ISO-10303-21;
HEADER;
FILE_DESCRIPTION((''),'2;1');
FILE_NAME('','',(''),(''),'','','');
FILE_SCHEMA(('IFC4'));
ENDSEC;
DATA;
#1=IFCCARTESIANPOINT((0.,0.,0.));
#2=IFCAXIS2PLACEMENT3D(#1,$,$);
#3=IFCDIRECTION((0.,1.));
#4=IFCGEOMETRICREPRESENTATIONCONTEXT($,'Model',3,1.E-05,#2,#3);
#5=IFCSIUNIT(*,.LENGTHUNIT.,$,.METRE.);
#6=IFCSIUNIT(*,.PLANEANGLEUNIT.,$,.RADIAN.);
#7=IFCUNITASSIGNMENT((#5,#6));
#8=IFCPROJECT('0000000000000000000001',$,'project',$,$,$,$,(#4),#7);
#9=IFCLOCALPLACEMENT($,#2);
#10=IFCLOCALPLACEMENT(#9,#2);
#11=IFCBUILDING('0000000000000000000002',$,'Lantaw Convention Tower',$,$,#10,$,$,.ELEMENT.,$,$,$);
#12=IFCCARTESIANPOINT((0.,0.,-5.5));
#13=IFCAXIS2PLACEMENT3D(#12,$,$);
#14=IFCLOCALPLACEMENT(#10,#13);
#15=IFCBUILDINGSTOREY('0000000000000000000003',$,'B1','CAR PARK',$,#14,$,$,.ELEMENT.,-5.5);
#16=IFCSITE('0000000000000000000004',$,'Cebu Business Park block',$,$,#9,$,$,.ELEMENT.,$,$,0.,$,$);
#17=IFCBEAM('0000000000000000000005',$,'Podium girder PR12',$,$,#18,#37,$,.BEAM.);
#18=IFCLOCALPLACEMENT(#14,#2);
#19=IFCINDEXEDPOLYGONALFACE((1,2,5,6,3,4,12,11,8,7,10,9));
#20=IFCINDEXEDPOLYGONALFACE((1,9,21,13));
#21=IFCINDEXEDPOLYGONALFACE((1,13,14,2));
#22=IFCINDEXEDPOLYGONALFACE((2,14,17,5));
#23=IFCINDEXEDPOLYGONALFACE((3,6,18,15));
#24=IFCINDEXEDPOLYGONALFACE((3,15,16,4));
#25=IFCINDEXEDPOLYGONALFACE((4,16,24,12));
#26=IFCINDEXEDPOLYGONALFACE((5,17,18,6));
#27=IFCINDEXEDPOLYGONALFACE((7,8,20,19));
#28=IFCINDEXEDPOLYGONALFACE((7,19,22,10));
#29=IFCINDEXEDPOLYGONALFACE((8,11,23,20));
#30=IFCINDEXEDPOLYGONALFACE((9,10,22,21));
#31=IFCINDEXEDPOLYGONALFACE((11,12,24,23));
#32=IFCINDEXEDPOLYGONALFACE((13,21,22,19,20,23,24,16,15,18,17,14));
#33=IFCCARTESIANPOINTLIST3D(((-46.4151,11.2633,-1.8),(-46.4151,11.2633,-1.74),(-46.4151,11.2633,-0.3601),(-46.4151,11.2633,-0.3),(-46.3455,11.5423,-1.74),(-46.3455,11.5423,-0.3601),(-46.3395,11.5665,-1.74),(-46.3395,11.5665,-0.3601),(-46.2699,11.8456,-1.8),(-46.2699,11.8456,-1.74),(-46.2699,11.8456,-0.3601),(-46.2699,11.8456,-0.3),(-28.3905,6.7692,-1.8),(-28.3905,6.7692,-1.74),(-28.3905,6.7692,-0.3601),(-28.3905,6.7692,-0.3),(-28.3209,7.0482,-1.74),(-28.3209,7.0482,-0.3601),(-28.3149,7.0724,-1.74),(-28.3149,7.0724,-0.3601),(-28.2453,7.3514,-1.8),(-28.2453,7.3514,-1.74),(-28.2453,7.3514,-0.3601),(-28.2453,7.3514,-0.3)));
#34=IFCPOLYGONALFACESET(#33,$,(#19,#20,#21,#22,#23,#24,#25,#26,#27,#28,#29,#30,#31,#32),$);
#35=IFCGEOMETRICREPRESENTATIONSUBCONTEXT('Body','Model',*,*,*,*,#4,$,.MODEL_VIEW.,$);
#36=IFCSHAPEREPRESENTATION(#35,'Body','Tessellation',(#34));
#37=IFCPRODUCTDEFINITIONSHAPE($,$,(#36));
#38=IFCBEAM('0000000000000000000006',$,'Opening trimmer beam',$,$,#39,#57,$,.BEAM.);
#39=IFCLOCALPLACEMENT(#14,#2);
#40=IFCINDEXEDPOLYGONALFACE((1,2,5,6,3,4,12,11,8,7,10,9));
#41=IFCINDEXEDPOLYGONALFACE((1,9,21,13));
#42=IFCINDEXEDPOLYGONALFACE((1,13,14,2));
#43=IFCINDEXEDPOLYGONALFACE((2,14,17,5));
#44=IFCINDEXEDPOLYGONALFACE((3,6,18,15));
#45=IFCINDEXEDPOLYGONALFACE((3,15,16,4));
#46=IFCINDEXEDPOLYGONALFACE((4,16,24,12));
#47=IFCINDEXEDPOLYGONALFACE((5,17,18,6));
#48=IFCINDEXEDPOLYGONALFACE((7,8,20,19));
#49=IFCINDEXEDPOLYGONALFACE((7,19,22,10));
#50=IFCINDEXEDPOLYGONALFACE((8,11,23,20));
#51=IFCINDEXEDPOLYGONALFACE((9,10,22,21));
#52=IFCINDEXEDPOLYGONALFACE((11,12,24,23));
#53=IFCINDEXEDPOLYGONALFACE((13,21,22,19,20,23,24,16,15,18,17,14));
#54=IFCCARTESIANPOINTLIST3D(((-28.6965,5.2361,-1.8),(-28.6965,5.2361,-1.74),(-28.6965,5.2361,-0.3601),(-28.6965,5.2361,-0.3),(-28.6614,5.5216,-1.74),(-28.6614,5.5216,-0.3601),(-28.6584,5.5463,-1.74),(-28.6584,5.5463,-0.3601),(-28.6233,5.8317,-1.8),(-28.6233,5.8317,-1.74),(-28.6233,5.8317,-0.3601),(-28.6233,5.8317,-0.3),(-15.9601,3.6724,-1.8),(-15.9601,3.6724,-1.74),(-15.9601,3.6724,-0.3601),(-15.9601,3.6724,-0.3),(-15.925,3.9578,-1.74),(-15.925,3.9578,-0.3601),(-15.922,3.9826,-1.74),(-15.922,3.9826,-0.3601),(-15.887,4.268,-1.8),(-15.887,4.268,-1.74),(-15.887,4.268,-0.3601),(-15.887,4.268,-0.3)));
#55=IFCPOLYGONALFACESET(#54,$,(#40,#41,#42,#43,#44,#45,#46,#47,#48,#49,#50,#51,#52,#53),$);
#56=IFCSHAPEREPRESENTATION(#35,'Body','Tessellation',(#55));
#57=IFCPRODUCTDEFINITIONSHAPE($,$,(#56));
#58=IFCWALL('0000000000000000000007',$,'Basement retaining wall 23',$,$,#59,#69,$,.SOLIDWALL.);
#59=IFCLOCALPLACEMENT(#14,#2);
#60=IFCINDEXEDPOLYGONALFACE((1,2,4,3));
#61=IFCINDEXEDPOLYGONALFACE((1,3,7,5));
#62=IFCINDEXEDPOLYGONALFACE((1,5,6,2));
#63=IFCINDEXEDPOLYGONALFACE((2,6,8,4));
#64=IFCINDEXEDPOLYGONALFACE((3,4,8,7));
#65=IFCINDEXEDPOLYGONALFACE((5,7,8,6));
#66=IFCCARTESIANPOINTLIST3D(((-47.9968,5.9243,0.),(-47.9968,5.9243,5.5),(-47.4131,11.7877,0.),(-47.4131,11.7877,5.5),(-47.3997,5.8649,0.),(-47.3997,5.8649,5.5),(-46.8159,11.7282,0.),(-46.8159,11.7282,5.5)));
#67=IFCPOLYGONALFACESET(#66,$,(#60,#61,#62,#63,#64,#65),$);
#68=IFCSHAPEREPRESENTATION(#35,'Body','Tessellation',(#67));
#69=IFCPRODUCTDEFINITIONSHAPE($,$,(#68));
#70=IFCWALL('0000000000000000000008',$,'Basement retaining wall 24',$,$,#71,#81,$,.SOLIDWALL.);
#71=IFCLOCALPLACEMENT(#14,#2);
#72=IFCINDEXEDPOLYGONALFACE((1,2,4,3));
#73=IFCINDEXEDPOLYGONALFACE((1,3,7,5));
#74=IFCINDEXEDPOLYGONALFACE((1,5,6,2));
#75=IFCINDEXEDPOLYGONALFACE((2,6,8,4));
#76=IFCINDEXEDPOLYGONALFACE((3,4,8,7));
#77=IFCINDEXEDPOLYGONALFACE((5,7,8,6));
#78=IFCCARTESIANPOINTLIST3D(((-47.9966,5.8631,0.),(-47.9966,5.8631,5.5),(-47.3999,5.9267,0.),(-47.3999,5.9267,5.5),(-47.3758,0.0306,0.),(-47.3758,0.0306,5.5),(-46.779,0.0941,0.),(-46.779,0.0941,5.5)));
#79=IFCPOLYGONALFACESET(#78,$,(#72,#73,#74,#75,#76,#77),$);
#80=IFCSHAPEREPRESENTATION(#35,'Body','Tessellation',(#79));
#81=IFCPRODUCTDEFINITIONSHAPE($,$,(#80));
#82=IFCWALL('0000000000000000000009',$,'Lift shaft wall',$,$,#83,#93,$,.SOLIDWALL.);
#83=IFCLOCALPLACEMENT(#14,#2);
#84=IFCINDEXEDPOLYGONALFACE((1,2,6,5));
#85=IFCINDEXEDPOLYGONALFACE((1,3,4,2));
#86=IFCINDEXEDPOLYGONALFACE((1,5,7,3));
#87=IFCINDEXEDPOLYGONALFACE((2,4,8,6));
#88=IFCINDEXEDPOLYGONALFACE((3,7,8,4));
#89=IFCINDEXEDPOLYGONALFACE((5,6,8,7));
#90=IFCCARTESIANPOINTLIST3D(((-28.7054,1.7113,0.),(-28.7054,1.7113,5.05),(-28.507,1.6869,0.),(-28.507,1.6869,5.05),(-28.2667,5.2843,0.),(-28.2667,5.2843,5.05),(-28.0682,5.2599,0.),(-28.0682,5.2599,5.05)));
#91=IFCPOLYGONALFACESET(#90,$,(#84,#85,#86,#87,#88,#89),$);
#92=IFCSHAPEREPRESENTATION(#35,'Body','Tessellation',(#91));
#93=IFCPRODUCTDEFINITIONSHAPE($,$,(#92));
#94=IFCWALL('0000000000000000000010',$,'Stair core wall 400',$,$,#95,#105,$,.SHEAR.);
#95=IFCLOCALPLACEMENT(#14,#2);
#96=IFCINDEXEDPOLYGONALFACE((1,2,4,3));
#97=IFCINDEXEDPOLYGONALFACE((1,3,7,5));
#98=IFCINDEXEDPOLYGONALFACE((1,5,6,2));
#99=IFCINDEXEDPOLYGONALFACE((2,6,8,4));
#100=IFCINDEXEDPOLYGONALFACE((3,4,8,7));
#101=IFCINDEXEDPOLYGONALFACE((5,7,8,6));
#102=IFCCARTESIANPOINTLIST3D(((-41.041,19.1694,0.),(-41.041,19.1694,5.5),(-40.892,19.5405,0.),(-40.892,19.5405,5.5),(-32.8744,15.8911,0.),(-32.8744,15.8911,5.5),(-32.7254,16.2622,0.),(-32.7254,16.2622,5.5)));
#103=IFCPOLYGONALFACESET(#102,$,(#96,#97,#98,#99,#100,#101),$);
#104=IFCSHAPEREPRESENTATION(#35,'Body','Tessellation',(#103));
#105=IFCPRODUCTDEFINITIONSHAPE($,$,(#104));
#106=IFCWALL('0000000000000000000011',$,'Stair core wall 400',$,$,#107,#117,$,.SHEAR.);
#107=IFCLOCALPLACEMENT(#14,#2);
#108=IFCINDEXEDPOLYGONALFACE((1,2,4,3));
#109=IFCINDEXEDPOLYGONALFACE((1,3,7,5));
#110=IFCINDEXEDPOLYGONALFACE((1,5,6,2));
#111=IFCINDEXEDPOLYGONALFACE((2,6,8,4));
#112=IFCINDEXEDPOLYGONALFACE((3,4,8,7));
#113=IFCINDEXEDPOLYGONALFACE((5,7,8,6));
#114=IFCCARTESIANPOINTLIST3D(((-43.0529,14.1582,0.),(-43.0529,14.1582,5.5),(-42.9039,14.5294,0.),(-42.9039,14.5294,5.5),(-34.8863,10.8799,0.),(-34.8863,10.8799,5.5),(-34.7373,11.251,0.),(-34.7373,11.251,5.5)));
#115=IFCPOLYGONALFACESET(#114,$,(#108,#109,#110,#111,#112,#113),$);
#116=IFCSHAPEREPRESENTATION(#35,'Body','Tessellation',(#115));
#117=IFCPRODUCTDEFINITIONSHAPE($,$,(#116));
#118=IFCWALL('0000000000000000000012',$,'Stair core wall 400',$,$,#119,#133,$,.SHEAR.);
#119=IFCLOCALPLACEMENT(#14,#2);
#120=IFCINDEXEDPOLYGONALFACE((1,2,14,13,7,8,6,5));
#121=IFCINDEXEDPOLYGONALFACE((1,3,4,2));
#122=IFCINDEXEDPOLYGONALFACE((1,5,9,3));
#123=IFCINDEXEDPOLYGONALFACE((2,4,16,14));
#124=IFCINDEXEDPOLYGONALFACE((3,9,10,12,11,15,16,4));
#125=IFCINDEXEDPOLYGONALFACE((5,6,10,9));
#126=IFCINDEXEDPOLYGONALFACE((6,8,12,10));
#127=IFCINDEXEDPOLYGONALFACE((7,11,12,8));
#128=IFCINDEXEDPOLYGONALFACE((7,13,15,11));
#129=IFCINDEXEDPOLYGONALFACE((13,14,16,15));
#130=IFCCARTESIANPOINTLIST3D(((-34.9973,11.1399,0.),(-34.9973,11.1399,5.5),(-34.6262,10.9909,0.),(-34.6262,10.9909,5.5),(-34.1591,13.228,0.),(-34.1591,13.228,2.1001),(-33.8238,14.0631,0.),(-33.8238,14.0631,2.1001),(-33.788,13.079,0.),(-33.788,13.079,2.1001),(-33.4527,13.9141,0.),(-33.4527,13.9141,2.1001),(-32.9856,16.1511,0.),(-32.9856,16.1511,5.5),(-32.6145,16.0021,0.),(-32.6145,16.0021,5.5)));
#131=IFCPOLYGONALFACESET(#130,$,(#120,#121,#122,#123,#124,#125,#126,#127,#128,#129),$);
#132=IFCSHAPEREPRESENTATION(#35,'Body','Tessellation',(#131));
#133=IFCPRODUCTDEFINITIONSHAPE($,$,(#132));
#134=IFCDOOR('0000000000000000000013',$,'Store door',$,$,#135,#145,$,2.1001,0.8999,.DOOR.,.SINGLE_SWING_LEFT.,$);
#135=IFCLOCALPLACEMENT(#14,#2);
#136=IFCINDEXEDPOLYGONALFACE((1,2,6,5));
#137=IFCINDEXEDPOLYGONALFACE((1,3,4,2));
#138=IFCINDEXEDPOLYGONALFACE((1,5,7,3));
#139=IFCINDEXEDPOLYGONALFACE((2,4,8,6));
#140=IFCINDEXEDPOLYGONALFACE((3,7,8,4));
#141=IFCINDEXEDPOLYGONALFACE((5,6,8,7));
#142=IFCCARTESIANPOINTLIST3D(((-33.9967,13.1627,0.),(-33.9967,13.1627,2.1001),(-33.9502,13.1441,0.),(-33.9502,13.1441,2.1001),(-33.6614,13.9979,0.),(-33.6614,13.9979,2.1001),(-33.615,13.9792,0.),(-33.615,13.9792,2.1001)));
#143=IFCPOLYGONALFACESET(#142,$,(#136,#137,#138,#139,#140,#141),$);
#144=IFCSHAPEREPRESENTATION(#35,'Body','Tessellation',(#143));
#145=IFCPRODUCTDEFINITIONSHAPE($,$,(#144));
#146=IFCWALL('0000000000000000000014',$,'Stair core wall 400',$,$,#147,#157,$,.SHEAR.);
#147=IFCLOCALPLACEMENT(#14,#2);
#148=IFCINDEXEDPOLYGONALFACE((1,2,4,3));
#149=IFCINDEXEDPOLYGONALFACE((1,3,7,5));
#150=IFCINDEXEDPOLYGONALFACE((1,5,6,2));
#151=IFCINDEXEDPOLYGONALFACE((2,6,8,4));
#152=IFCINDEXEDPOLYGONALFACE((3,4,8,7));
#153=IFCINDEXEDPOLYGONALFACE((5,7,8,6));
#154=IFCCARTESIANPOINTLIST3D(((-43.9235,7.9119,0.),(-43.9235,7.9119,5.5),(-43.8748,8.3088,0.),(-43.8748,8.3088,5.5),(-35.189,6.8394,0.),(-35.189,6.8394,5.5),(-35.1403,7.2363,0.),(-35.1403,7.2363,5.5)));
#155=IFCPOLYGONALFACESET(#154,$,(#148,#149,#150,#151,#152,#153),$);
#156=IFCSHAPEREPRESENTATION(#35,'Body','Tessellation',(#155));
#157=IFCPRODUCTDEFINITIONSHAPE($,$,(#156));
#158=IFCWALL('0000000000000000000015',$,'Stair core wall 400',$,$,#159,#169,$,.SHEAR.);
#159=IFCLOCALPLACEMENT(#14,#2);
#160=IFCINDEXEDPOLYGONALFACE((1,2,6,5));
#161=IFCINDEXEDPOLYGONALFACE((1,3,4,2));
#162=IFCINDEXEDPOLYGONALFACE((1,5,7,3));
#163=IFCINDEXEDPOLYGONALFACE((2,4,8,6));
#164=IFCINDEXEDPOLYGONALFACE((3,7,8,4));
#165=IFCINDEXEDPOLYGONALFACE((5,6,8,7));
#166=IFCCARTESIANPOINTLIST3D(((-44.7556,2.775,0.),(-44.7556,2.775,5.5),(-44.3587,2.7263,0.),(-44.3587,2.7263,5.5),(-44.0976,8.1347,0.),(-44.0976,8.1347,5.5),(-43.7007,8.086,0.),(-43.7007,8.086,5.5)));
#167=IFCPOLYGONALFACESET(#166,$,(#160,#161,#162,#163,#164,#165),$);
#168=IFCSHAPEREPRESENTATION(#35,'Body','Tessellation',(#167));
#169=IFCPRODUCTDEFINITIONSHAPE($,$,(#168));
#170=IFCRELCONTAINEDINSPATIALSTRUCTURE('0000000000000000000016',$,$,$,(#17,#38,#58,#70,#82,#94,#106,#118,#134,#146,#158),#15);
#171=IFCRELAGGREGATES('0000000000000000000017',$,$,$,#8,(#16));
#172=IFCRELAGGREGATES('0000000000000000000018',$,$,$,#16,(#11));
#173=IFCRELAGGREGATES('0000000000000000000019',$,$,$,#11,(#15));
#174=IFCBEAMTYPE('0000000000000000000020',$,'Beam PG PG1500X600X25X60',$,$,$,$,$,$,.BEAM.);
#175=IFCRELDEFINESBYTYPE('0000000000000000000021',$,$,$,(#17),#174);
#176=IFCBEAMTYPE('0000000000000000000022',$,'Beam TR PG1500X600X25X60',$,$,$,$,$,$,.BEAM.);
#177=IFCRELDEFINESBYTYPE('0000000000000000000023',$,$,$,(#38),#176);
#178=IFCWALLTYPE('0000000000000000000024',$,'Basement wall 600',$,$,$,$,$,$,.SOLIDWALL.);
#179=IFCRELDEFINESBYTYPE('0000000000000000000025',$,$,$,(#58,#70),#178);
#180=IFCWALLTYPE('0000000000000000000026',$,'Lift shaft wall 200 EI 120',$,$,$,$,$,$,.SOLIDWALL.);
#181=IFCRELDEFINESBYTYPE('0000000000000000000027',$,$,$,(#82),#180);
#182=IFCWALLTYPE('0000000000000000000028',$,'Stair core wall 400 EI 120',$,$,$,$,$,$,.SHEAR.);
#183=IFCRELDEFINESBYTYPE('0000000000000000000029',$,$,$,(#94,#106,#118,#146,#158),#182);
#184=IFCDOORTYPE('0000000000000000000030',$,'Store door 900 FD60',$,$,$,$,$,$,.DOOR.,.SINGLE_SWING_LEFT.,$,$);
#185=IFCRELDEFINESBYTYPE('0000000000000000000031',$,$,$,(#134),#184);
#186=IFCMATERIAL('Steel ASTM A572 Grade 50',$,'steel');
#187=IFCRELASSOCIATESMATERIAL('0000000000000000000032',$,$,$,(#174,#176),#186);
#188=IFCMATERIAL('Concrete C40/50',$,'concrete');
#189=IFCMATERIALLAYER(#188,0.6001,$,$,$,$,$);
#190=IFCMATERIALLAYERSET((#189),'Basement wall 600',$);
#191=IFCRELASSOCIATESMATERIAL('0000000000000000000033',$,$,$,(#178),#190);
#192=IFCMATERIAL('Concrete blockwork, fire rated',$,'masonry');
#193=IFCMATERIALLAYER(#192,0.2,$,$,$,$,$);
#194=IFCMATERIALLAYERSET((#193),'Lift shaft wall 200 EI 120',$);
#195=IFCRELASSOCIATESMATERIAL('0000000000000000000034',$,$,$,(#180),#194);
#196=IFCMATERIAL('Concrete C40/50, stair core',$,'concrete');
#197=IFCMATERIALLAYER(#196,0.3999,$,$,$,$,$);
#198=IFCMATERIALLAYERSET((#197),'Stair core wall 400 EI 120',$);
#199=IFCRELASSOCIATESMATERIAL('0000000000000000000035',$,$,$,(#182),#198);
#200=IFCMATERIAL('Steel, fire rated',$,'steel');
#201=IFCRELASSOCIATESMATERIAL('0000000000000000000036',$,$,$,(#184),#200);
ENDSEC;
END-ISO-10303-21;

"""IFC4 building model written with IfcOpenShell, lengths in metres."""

from ifc_helpers import new_model, si_unit, direction, frame, frame_2d, origin, origin_2d, place, context, subcontext, project, spatial, rectangle, i_section, extrude, material, layer, layer_set, material_profile, profile_set, type_object, element, fill, save


model = new_model("IFC4")

# Units and contexts
model_context = context("Model", 3, precision=1e-05, world=origin(), true_north=direction((0.0, 1.0)))
body_context = subcontext(model_context, "Body", "Model", "MODEL_VIEW")
ifc_project = project(units=[si_unit("LENGTHUNIT", "METRE"), si_unit("PLANEANGLEUNIT", "RADIAN")], contexts=[model_context])

# Site, building, storey
site_placement = place(None, origin())
site = spatial("IfcSite", under=ifc_project, at=site_placement, Name="Cebu Business Park block", CompositionType="ELEMENT", RefElevation=0.0)
building_placement = place(site_placement, origin())
building = spatial("IfcBuilding", under=site, at=building_placement, Name="Lantaw Convention Tower", CompositionType="ELEMENT")
storey_placement = place(building_placement, frame((0.0, 0.0, -5.5)))
storey = spatial("IfcBuildingStorey", under=building, at=storey_placement, Name="B1", Description="CAR PARK", CompositionType="ELEMENT", Elevation=-5.5)

# Shared definitions
ifc_material_1 = material(Name="Steel ASTM A572 Grade 50", Category="steel")

# Beams
ifc_material_profile_1 = material_profile(ifc_material_1, i_section(OverallWidth=0.6001, OverallDepth=1.5, WebThickness=0.0249, FlangeThickness=0.0601, at=origin_2d()), Name="PG1500X600X25X60")
ifc_profile_set_1 = profile_set([ifc_material_profile_1], Name="Steel ASTM A572 Grade 50")
beam_type_1 = type_object("IfcBeamType", Name="Beam PG PG1500X600X25X60", PredefinedType="BEAM", material=ifc_profile_set_1)
beam_1_placement = place(storey_placement, frame((-28.3179, 7.0603, -1.05), z_axis=(-0.970295, 0.241926, 0.0), x_axis=(-0.241926, -0.970295, 0.0)))
element("IfcBeam", 1, at=beam_1_placement, inside=storey, type_object=beam_type_1, Name="Podium girder PR12", PredefinedType="BEAM", context=body_context, shape_type="SweptSolid", body=[
    extrude(i_section(OverallWidth=0.6001, OverallDepth=1.5, WebThickness=0.0249, FlangeThickness=0.0601, at=origin_2d()), origin(), (0.0, 0.0, 1.0), 18.5764),
])
ifc_material_profile_2 = material_profile(ifc_material_1, i_section(OverallWidth=0.6001, OverallDepth=1.5, WebThickness=0.0249, FlangeThickness=0.0601, at=origin_2d()), Name="PG1500X600X25X60")
ifc_profile_set_2 = profile_set([ifc_material_profile_2], Name="Steel ASTM A572 Grade 50")
beam_type_2 = type_object("IfcBeamType", Name="Beam TR PG1500X600X25X60", PredefinedType="BEAM", material=ifc_profile_set_2)
beam_2_placement = place(storey_placement, frame((-28.6599, 5.5339, -1.05), z_axis=(0.992547, -0.121861, 0.0), x_axis=(0.121861, 0.992547, 0.0)))
element("IfcBeam", 2, at=beam_2_placement, inside=storey, type_object=beam_type_2, Name="Opening trimmer beam", PredefinedType="BEAM", context=body_context, shape_type="SweptSolid", body=[
    extrude(i_section(OverallWidth=0.6001, OverallDepth=1.5, WebThickness=0.0249, FlangeThickness=0.0601, at=origin_2d()), origin(), (0.0, 0.0, 1.0), 12.832),
])

# Walls
ifc_material_2 = material(Name="Concrete C40/50", Category="concrete")
ifc_layer_1 = layer(ifc_material_2, 0.6001)
ifc_layer_set_1 = layer_set([ifc_layer_1], Name="Basement wall 600")
wall_type_1 = type_object("IfcWallType", Name="Basement wall 600", PredefinedType="SOLIDWALL", material=ifc_layer_set_1)
wall_1_placement = place(storey_placement, frame((-47.1145, 11.7581, 0.0), z_axis=(0.0, 0.0, 1.0), x_axis=(-0.099069, -0.995081, 0.0)))
element("IfcWall", 3, at=wall_1_placement, inside=storey, type_object=wall_type_1, Name="Basement retaining wall 23", PredefinedType="SOLIDWALL", context=body_context, shape_type="SweptSolid", body=[
    extrude(rectangle(XDim=5.8923, YDim=0.6001, at=frame_2d((2.9463, 0.0))), origin(), (0.0, 0.0, 1.0), 5.5),
])
wall_2_placement = place(storey_placement, frame((-47.6982, 5.8948, 0.0), z_axis=(0.0, 0.0, 1.0), x_axis=(0.105848, -0.994382, 0.0)))
element("IfcWall", 4, at=wall_2_placement, inside=storey, type_object=wall_type_1, Name="Basement retaining wall 24", PredefinedType="SOLIDWALL", context=body_context, shape_type="SweptSolid", body=[
    extrude(rectangle(XDim=5.8655, YDim=0.6001, at=frame_2d((2.9326, 0.0))), origin(), (0.0, 0.0, 1.0), 5.5),
])
ifc_material_3 = material(Name="Concrete blockwork, fire rated", Category="masonry")
ifc_layer_2 = layer(ifc_material_3, 0.2)
ifc_layer_set_2 = layer_set([ifc_layer_2], Name="Lift shaft wall 200 EI 120")
wall_type_2 = type_object("IfcWallType", Name="Lift shaft wall 200 EI 120", PredefinedType="SOLIDWALL", material=ifc_layer_set_2)
wall_3_placement = place(storey_placement, frame((-28.1675, 5.272, 0.0), z_axis=(0.0, 0.0, 1.0), x_axis=(-0.121873, -0.992546, 0.0)))
element("IfcWall", 5, at=wall_3_placement, inside=storey, type_object=wall_type_2, Name="Lift shaft wall", PredefinedType="SOLIDWALL", context=body_context, shape_type="SweptSolid", body=[
    extrude(rectangle(XDim=3.5999, YDim=0.2, at=frame_2d((1.7998, 0.0))), origin(), (0.0, 0.0, 1.0), 5.05),
])
ifc_material_4 = material(Name="Concrete C40/50, stair core", Category="concrete")
ifc_layer_3 = layer(ifc_material_4, 0.3999)
ifc_layer_set_3 = layer_set([ifc_layer_3], Name="Stair core wall 400 EI 120")
wall_type_3 = type_object("IfcWallType", Name="Stair core wall 400 EI 120", PredefinedType="SHEAR", material=ifc_layer_set_3)
for number, where, z_axis, x_axis, name in (
    (6, (-32.8, 16.0767, 0.0), (0.0, 0.0, 1.0), (-0.928017, 0.372538, 0.0), "Stair core wall 400"),
    (7, (-42.9783, 14.3438, 0.0), (0.0, 0.0, 1.0), (0.928017, -0.372538, 0.0), "Stair core wall 400"),
):
    element("IfcWall", number, at=place(storey_placement, frame(where, z_axis=z_axis, x_axis=x_axis)), inside=storey, type_object=wall_type_3, Name=name, PredefinedType="SHEAR", context=body_context, shape_type="SweptSolid", body=[
        extrude(rectangle(XDim=8.8, YDim=0.3999, at=frame_2d((4.3999, 0.0))), origin(), (0.0, 0.0, 1.0), 5.5),
    ])

# Wall, opening, door
wall_4_placement = place(storey_placement, frame((-34.8118, 11.0654, 0.0), z_axis=(0.0, 0.0, 1.0), x_axis=(0.372544, 0.928015, 0.0)))
wall_4 = element("IfcWall", 8, at=wall_4_placement, inside=storey, type_object=wall_type_3, Name="Stair core wall 400", PredefinedType="SHEAR", context=body_context, shape_type="SweptSolid", body=[
    extrude(rectangle(XDim=5.3999, YDim=0.3999, at=frame_2d((2.7, 0.0))), origin(), (0.0, 0.0, 1.0), 5.5),
])
opening_placement = place(wall_4_placement, frame((2.25, 0.0, 0.0)))
opening = element("IfcOpeningElement", 9, at=opening_placement, cuts=wall_4, PredefinedType="OPENING", context=body_context, shape_type="SweptSolid", body=[
    extrude(rectangle(XDim=0.8999, YDim=2.1001, at=frame_2d((0.45, 1.05))), frame((0.0, 0.21, 0.0), z_axis=(0.0, -1.0, 0.0), x_axis=(1.0, 0.0, 0.0)), (0.0, 0.0, 1.0), 0.4199),
])
ifc_material_5 = material(Name="Steel, fire rated", Category="steel")
door_type = type_object("IfcDoorType", Name="Store door 900 FD60", OperationType="SINGLE_SWING_LEFT", PredefinedType="DOOR", material=ifc_material_5)
door_placement = place(opening_placement, origin())
door = element("IfcDoor", 10, at=door_placement, inside=storey, type_object=door_type, Name="Store door", OperationType="SINGLE_SWING_LEFT", OverallHeight=2.1001, OverallWidth=0.8999, PredefinedType="DOOR", context=body_context, shape_type="SweptSolid", body=[
    extrude(rectangle(XDim=0.8999, YDim=2.1001, at=frame_2d((0.45, 1.05))), frame((0.0, 0.0249, 0.0), z_axis=(0.0, -1.0, 0.0), x_axis=(1.0, 0.0, 0.0)), (0.0, 0.0, 1.0), 0.05),
])
fill(opening, door)

# Walls
wall_5_placement = place(storey_placement, frame((-35.1648, 7.0378, 0.0), z_axis=(0.0, 0.0, 1.0), x_axis=(-0.992545, 0.121876, 0.0)))
element("IfcWall", 11, at=wall_5_placement, inside=storey, type_object=wall_type_3, Name="Stair core wall 400", PredefinedType="SHEAR", context=body_context, shape_type="SweptSolid", body=[
    extrude(rectangle(XDim=8.8, YDim=0.3999, at=frame_2d((4.3999, 0.0))), origin(), (0.0, 0.0, 1.0), 5.5),
])
wall_6_placement = place(storey_placement, frame((-43.8992, 8.1104, 0.0), z_axis=(0.0, 0.0, 1.0), x_axis=(-0.121848, -0.992549, 0.0)))
element("IfcWall", 12, at=wall_6_placement, inside=storey, type_object=wall_type_3, Name="Stair core wall 400", PredefinedType="SHEAR", context=body_context, shape_type="SweptSolid", body=[
    extrude(rectangle(XDim=5.3999, YDim=0.3999, at=frame_2d((2.7, 0.0))), origin(), (0.0, 0.0, 1.0), 5.5),
])

save(model, "model.ifc")
